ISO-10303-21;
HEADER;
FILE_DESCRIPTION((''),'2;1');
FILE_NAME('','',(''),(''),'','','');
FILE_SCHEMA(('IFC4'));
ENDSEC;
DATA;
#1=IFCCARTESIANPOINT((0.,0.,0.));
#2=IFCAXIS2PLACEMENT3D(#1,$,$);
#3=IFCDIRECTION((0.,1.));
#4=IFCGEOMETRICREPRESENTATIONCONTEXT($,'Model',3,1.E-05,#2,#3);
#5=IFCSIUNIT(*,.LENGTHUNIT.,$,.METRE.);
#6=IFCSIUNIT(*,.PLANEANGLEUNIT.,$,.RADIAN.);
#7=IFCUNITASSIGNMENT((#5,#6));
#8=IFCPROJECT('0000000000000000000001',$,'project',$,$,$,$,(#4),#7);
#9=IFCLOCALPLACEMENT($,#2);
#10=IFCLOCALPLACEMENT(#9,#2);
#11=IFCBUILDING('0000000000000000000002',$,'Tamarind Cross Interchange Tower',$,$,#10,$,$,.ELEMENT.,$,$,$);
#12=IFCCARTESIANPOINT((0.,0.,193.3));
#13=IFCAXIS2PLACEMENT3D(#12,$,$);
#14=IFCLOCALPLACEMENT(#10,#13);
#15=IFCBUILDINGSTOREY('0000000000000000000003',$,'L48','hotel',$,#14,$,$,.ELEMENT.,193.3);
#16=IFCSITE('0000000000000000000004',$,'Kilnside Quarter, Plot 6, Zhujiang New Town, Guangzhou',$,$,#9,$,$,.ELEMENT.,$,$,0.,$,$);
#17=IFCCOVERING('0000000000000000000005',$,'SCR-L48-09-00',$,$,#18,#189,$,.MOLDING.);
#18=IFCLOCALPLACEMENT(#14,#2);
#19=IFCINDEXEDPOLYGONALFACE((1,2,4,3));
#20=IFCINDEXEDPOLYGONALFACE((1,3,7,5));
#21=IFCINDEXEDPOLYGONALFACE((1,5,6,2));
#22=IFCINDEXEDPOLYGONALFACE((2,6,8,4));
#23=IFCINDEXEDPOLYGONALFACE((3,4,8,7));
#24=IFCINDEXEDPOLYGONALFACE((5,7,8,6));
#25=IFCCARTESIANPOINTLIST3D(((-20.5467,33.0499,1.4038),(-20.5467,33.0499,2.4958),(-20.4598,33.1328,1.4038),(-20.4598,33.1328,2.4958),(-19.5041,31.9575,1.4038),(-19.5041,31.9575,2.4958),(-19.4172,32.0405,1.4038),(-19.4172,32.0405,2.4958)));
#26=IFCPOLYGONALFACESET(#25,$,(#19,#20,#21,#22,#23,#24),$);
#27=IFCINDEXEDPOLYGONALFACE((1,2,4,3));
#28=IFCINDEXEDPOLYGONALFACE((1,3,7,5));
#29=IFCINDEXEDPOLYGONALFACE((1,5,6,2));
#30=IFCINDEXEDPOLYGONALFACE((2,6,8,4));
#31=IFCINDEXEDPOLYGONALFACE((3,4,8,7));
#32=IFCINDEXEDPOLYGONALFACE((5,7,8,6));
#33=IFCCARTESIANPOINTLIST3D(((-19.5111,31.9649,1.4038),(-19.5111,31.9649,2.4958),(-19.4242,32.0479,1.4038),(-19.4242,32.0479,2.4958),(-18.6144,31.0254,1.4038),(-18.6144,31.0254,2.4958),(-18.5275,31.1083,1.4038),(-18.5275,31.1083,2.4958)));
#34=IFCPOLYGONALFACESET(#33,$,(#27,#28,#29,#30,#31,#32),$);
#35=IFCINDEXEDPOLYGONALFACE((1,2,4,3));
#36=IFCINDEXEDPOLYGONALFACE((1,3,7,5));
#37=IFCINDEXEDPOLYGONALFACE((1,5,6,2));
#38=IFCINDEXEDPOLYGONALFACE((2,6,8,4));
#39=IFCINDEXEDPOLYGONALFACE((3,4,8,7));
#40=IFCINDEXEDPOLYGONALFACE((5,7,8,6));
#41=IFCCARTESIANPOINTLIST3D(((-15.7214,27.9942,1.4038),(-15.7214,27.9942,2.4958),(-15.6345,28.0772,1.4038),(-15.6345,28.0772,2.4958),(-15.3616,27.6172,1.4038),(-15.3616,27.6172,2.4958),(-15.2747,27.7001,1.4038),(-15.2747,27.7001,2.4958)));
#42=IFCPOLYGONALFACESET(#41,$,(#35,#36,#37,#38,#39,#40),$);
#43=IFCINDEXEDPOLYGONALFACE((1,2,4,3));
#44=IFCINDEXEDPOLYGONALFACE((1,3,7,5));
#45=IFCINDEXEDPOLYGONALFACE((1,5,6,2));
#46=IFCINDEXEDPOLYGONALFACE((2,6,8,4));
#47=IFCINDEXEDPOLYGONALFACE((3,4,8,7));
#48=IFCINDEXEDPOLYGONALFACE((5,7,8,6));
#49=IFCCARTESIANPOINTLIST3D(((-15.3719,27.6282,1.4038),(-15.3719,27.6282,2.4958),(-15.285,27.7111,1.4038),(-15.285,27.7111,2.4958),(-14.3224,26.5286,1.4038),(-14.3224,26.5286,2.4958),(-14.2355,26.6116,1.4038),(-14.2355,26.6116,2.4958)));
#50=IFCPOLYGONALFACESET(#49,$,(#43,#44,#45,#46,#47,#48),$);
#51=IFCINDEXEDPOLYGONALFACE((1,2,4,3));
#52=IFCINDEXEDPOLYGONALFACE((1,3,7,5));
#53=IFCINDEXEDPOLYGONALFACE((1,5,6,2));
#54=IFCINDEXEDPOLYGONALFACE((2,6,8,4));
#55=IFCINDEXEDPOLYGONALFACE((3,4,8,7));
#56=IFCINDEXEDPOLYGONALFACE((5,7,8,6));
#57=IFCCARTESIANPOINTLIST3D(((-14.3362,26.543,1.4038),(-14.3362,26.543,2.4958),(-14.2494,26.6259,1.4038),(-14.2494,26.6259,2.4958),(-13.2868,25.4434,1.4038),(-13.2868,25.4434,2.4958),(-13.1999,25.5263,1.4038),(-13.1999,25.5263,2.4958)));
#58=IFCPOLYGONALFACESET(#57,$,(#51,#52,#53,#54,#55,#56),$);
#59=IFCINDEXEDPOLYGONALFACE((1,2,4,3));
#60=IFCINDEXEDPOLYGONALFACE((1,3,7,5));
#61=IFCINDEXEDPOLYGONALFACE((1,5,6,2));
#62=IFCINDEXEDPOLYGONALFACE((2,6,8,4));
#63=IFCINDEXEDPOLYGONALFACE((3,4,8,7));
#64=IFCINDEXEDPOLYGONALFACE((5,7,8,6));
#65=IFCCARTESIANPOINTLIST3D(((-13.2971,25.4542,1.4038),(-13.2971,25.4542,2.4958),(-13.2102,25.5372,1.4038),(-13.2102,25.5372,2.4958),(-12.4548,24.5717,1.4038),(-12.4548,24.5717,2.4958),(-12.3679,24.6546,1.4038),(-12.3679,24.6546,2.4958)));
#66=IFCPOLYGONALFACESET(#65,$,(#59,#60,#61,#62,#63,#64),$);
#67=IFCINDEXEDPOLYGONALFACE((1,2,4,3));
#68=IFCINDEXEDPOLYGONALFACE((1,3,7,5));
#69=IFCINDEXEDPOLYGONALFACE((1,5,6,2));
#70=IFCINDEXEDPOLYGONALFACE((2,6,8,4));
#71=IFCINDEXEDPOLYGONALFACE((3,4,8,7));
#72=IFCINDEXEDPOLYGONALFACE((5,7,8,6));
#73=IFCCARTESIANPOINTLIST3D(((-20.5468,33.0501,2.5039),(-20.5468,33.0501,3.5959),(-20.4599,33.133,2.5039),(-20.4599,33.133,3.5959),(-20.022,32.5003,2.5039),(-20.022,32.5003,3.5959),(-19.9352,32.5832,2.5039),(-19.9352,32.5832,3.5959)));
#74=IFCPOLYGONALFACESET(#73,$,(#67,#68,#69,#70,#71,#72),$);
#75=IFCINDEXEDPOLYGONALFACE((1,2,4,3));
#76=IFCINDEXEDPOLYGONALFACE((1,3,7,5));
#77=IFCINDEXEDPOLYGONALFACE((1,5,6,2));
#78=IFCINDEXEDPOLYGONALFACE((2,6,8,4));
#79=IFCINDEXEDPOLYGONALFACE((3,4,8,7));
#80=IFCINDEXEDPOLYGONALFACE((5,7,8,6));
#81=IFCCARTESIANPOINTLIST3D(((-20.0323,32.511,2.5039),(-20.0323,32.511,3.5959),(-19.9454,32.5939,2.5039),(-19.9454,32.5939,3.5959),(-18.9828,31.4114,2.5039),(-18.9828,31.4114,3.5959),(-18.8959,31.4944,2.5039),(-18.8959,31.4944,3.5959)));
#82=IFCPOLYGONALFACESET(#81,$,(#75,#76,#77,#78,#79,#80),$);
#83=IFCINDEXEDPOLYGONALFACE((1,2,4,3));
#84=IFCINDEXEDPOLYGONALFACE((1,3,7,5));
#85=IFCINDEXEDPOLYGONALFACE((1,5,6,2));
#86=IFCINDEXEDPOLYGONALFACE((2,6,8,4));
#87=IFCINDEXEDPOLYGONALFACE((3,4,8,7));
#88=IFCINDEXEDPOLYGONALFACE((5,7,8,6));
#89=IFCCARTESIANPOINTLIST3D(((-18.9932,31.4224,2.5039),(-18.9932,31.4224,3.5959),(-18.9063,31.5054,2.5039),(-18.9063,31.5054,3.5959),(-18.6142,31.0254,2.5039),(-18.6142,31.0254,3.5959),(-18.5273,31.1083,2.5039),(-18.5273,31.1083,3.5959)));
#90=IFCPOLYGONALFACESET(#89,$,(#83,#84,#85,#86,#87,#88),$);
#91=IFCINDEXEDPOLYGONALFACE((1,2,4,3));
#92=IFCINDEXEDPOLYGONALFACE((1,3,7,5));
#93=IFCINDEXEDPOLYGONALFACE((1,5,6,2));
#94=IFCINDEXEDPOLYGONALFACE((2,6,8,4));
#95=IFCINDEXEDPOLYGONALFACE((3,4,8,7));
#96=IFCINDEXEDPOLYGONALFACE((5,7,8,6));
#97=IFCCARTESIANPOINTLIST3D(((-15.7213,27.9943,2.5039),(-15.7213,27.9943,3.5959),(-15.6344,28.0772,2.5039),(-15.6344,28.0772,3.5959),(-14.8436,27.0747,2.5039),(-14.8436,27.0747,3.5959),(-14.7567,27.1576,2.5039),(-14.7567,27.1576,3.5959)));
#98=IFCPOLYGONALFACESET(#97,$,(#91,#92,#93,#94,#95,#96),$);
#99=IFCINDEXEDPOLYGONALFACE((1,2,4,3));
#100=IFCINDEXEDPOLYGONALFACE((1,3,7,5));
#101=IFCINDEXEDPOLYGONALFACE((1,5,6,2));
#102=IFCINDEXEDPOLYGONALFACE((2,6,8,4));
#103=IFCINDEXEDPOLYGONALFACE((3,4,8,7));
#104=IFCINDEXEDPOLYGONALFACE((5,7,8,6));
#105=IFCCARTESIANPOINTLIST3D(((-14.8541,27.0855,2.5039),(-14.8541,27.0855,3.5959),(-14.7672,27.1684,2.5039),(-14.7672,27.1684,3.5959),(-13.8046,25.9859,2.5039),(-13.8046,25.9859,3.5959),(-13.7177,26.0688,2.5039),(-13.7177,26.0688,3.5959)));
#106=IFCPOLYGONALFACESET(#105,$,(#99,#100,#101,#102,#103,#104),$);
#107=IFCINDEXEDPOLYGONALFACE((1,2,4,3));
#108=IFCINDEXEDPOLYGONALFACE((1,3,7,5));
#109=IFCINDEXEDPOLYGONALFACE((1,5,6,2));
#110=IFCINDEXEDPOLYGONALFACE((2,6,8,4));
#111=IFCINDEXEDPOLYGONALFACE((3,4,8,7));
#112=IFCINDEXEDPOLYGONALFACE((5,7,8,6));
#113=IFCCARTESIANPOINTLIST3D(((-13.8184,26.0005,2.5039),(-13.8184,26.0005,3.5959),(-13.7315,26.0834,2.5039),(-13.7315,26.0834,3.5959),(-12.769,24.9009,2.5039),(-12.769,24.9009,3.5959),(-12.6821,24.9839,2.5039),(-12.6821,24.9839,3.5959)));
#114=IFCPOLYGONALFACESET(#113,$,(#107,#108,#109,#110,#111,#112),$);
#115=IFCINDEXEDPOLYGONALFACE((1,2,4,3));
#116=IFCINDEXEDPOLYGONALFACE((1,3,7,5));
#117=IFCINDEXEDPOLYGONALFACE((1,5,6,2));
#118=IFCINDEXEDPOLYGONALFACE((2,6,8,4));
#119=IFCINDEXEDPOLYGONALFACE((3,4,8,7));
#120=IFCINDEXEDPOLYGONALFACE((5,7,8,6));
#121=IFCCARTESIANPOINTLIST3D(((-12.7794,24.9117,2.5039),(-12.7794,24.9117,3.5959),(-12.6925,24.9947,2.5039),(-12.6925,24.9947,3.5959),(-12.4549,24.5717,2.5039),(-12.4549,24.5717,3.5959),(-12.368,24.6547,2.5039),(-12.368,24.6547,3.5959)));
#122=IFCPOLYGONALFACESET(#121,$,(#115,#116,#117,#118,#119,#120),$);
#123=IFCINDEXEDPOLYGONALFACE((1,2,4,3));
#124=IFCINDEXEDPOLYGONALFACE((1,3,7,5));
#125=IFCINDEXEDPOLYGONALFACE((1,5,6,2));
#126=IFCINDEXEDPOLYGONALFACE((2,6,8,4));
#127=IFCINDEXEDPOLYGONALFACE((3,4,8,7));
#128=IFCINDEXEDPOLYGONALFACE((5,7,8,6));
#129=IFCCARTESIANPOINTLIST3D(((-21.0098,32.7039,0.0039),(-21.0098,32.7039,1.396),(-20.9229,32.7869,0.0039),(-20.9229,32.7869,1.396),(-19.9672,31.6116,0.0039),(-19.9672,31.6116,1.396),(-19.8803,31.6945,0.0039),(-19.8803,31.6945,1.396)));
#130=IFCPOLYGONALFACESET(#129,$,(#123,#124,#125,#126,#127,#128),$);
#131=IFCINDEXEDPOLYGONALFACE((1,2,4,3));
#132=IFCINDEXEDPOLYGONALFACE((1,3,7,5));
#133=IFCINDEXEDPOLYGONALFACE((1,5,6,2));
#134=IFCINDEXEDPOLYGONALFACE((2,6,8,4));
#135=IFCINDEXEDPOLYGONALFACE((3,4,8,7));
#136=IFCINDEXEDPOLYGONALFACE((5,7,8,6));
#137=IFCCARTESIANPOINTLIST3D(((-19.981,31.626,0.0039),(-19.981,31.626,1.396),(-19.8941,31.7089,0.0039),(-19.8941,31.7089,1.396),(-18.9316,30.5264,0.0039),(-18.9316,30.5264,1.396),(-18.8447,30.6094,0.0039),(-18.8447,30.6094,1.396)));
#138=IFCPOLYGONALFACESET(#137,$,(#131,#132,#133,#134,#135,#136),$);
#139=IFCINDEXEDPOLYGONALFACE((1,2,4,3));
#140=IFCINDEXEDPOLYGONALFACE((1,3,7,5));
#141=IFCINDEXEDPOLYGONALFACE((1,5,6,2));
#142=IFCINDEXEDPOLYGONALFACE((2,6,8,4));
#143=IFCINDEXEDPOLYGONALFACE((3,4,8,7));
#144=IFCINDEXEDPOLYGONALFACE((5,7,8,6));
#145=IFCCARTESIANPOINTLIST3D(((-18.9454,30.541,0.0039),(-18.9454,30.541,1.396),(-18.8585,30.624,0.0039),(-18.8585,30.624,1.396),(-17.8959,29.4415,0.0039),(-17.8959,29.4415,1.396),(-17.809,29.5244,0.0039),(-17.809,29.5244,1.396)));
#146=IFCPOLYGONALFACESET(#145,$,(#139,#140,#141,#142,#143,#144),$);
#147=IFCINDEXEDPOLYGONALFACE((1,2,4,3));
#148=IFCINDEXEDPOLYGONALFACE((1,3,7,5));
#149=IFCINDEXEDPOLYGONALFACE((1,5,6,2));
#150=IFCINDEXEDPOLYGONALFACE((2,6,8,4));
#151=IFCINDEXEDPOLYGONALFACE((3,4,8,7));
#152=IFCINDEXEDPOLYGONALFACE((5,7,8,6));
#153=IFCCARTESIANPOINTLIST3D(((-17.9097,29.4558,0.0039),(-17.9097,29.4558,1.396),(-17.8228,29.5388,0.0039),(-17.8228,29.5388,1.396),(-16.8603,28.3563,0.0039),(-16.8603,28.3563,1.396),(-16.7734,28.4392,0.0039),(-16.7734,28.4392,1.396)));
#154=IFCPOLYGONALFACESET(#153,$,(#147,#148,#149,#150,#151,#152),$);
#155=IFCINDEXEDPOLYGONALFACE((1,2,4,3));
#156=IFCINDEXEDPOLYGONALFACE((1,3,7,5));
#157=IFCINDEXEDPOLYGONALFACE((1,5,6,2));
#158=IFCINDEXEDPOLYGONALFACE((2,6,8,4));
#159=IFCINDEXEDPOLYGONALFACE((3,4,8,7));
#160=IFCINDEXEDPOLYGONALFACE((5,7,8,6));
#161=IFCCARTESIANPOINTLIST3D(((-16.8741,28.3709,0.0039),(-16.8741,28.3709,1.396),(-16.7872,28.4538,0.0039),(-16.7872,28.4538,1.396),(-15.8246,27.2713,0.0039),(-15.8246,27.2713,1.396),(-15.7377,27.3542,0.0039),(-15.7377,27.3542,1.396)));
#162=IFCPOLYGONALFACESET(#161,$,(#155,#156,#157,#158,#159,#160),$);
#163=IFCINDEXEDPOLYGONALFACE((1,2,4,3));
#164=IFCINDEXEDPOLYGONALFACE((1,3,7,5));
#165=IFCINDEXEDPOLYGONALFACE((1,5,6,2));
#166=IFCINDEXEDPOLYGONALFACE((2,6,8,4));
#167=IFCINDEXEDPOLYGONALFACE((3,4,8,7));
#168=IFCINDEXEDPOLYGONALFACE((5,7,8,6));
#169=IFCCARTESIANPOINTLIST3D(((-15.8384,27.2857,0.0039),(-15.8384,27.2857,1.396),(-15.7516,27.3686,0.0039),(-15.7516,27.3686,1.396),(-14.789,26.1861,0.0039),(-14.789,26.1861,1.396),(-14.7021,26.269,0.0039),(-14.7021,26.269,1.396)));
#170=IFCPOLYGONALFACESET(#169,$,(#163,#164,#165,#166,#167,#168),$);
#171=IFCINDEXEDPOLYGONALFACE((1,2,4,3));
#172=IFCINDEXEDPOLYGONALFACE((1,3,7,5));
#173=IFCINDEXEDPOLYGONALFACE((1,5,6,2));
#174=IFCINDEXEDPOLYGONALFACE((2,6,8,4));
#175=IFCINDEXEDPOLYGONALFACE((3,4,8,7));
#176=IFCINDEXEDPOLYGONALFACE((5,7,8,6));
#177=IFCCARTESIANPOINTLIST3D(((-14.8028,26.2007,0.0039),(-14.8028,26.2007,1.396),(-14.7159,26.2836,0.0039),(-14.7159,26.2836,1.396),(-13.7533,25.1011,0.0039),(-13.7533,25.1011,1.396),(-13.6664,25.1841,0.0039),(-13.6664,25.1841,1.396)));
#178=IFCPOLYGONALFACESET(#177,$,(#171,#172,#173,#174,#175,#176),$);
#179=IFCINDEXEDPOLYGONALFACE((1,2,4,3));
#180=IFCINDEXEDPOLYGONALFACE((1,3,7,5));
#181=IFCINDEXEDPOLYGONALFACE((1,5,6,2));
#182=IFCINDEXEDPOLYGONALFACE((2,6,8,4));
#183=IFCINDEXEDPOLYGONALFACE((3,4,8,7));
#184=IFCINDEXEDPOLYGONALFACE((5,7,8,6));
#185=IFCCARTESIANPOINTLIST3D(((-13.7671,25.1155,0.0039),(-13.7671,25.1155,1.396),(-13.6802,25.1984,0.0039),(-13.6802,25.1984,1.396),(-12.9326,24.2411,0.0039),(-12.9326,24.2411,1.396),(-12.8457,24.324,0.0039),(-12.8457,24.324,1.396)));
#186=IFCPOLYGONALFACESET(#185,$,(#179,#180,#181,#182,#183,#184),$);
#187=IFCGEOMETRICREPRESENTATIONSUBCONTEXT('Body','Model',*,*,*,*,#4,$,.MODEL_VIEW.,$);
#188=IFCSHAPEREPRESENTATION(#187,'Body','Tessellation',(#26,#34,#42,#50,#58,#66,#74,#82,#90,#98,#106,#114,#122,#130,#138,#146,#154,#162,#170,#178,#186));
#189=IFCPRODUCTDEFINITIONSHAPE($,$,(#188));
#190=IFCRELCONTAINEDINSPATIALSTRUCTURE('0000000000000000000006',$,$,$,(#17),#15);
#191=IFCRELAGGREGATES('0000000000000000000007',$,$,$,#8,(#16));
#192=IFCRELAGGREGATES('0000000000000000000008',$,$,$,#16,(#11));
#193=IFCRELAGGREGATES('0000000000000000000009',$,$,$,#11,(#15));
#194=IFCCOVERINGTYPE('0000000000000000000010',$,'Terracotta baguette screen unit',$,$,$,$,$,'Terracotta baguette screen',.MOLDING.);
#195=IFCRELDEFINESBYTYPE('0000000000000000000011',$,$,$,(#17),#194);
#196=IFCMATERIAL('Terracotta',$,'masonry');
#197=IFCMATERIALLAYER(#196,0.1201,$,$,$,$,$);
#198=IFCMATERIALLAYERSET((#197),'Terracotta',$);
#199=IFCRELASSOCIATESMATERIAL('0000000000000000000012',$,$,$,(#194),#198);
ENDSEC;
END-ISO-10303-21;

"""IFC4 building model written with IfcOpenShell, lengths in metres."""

from ifc_helpers import new_model, si_unit, direction, frame, origin, origin_2d, place, context, subcontext, project, spatial, rectangle, extrude, material, layer, layer_set, type_object, element, save


model = new_model("IFC4")

# Units and contexts
model_context = context("Model", 3, precision=1e-05, world=origin(), true_north=direction((0.0, 1.0)))
body_context = subcontext(model_context, "Body", "Model", "MODEL_VIEW")
ifc_project = project(units=[si_unit("LENGTHUNIT", "METRE"), si_unit("PLANEANGLEUNIT", "RADIAN")], contexts=[model_context])

# Site, building, storey
site_placement = place(None, origin())
site = spatial("IfcSite", under=ifc_project, at=site_placement, Name="Kilnside Quarter, Plot 6, Zhujiang New Town, Guangzhou", CompositionType="ELEMENT", RefElevation=0.0)
building_placement = place(site_placement, origin())
building = spatial("IfcBuilding", under=site, at=building_placement, Name="Tamarind Cross Interchange Tower", CompositionType="ELEMENT")
storey_placement = place(building_placement, frame((0.0, 0.0, 193.3)))
storey = spatial("IfcBuildingStorey", under=building, at=storey_placement, Name="L48", Description="hotel", CompositionType="ELEMENT", Elevation=193.3)

# Covering
ifc_material_1 = material(Name="Terracotta", Category="masonry")
ifc_layer_1 = layer(ifc_material_1, 0.1201)
ifc_layer_set_1 = layer_set([ifc_layer_1], Name="Terracotta")
covering_type = type_object("IfcCoveringType", Name="Terracotta baguette screen unit", ElementType="Terracotta baguette screen", PredefinedType="MOLDING", material=ifc_layer_set_1)
covering_1_placement = place(storey_placement, origin())
element("IfcCovering", 1, at=covering_1_placement, inside=storey, type_object=covering_type, Name="SCR-L48-09-00", PredefinedType="MOLDING", context=body_context, shape_type="SweptSolid", body=[
    extrude(rectangle(XDim=1.51, YDim=0.1201, at=origin_2d()), frame((-19.9819, 32.5452, 1.4038), z_axis=(0.0, 0.0, 1.0), x_axis=(0.690434, -0.723395, 0.0)), (0.0, 0.0, 1.0), 1.092),
    extrude(rectangle(XDim=1.2988, YDim=0.1201, at=origin_2d()), frame((-19.0193, 31.5366, 1.4038), z_axis=(0.0, 0.0, 1.0), x_axis=(0.690434, -0.723395, 0.0)), (0.0, 0.0, 1.0), 1.092),
    extrude(rectangle(XDim=0.5212, YDim=0.1201, at=origin_2d()), frame((-15.498, 27.8472, 1.4038), z_axis=(0.0, 0.0, 1.0), x_axis=(0.690434, -0.723395, 0.0)), (0.0, 0.0, 1.0), 1.092),
    extrude(rectangle(XDim=1.52, YDim=0.1201, at=origin_2d()), frame((-14.8037, 27.1199, 1.4038), z_axis=(0.0, 0.0, 1.0), x_axis=(0.690434, -0.723395, 0.0)), (0.0, 0.0, 1.0), 1.092),
    extrude(rectangle(XDim=1.52, YDim=0.1201, at=origin_2d()), frame((-13.7681, 26.0347, 1.4038), z_axis=(0.0, 0.0, 1.0), x_axis=(0.690434, -0.723395, 0.0)), (0.0, 0.0, 1.0), 1.092),
    extrude(rectangle(XDim=1.22, YDim=0.1201, at=origin_2d()), frame((-12.8325, 25.0544, 1.4038), z_axis=(0.0, 0.0, 1.0), x_axis=(0.690434, -0.723395, 0.0)), (0.0, 0.0, 1.0), 1.092),
    extrude(rectangle(XDim=0.76, YDim=0.1201, at=origin_2d()), frame((-20.241, 32.8167, 2.5039), z_axis=(0.0, 0.0, 1.0), x_axis=(0.690434, -0.723395, 0.0)), (0.0, 0.0, 1.0), 1.092),
    extrude(rectangle(XDim=1.52, YDim=0.1201, at=origin_2d()), frame((-19.4641, 32.0027, 2.5039), z_axis=(0.0, 0.0, 1.0), x_axis=(0.690434, -0.723395, 0.0)), (0.0, 0.0, 1.0), 1.092),
    extrude(rectangle(XDim=0.5488, YDim=0.1201, at=origin_2d()), frame((-18.7603, 31.2654, 2.5039), z_axis=(0.0, 0.0, 1.0), x_axis=(0.690434, -0.723395, 0.0)), (0.0, 0.0, 1.0), 1.092),
    extrude(rectangle(XDim=1.2712, YDim=0.1201, at=origin_2d()), frame((-15.239, 27.5759, 2.5039), z_axis=(0.0, 0.0, 1.0), x_axis=(0.690434, -0.723395, 0.0)), (0.0, 0.0, 1.0), 1.092),
    extrude(rectangle(XDim=1.52, YDim=0.1201, at=origin_2d()), frame((-14.2859, 26.5771, 2.5039), z_axis=(0.0, 0.0, 1.0), x_axis=(0.690434, -0.723395, 0.0)), (0.0, 0.0, 1.0), 1.092),
    extrude(rectangle(XDim=1.52, YDim=0.1201, at=origin_2d()), frame((-13.2502, 25.4922, 2.5039), z_axis=(0.0, 0.0, 1.0), x_axis=(0.690434, -0.723395, 0.0)), (0.0, 0.0, 1.0), 1.092),
    extrude(rectangle(XDim=0.47, YDim=0.1201, at=origin_2d()), frame((-12.5737, 24.7832, 2.5039), z_axis=(0.0, 0.0, 1.0), x_axis=(0.690434, -0.723395, 0.0)), (0.0, 0.0, 1.0), 1.092),
    extrude(rectangle(XDim=1.51, YDim=0.1201, at=origin_2d()), frame((-20.4451, 32.1992, 0.0039), z_axis=(0.0, 0.0, 1.0), x_axis=(0.690434, -0.723395, 0.0)), (0.0, 0.0, 1.0), 1.3921),
    extrude(rectangle(XDim=1.52, YDim=0.1201, at=origin_2d()), frame((-19.4128, 31.1177, 0.0039), z_axis=(0.0, 0.0, 1.0), x_axis=(0.690434, -0.723395, 0.0)), (0.0, 0.0, 1.0), 1.3921),
    extrude(rectangle(XDim=1.52, YDim=0.1201, at=origin_2d()), frame((-18.3772, 30.0327, 0.0039), z_axis=(0.0, 0.0, 1.0), x_axis=(0.690434, -0.723395, 0.0)), (0.0, 0.0, 1.0), 1.3921),
    extrude(rectangle(XDim=1.52, YDim=0.1201, at=origin_2d()), frame((-17.3416, 28.9475, 0.0039), z_axis=(0.0, 0.0, 1.0), x_axis=(0.690434, -0.723395, 0.0)), (0.0, 0.0, 1.0), 1.3921),
    extrude(rectangle(XDim=1.52, YDim=0.1201, at=origin_2d()), frame((-16.3059, 27.8625, 0.0039), z_axis=(0.0, 0.0, 1.0), x_axis=(0.690434, -0.723395, 0.0)), (0.0, 0.0, 1.0), 1.3921),
    extrude(rectangle(XDim=1.52, YDim=0.1201, at=origin_2d()), frame((-15.2703, 26.7773, 0.0039), z_axis=(0.0, 0.0, 1.0), x_axis=(0.690434, -0.723395, 0.0)), (0.0, 0.0, 1.0), 1.3921),
    extrude(rectangle(XDim=1.52, YDim=0.1201, at=origin_2d()), frame((-14.2346, 25.6924, 0.0039), z_axis=(0.0, 0.0, 1.0), x_axis=(0.690434, -0.723395, 0.0)), (0.0, 0.0, 1.0), 1.3921),
    extrude(rectangle(XDim=1.2087, YDim=0.1201, at=origin_2d()), frame((-13.3064, 24.7197, 0.0039), z_axis=(0.0, 0.0, 1.0), x_axis=(0.690434, -0.723395, 0.0)), (0.0, 0.0, 1.0), 1.3921),
])

save(model, "model.ifc")
